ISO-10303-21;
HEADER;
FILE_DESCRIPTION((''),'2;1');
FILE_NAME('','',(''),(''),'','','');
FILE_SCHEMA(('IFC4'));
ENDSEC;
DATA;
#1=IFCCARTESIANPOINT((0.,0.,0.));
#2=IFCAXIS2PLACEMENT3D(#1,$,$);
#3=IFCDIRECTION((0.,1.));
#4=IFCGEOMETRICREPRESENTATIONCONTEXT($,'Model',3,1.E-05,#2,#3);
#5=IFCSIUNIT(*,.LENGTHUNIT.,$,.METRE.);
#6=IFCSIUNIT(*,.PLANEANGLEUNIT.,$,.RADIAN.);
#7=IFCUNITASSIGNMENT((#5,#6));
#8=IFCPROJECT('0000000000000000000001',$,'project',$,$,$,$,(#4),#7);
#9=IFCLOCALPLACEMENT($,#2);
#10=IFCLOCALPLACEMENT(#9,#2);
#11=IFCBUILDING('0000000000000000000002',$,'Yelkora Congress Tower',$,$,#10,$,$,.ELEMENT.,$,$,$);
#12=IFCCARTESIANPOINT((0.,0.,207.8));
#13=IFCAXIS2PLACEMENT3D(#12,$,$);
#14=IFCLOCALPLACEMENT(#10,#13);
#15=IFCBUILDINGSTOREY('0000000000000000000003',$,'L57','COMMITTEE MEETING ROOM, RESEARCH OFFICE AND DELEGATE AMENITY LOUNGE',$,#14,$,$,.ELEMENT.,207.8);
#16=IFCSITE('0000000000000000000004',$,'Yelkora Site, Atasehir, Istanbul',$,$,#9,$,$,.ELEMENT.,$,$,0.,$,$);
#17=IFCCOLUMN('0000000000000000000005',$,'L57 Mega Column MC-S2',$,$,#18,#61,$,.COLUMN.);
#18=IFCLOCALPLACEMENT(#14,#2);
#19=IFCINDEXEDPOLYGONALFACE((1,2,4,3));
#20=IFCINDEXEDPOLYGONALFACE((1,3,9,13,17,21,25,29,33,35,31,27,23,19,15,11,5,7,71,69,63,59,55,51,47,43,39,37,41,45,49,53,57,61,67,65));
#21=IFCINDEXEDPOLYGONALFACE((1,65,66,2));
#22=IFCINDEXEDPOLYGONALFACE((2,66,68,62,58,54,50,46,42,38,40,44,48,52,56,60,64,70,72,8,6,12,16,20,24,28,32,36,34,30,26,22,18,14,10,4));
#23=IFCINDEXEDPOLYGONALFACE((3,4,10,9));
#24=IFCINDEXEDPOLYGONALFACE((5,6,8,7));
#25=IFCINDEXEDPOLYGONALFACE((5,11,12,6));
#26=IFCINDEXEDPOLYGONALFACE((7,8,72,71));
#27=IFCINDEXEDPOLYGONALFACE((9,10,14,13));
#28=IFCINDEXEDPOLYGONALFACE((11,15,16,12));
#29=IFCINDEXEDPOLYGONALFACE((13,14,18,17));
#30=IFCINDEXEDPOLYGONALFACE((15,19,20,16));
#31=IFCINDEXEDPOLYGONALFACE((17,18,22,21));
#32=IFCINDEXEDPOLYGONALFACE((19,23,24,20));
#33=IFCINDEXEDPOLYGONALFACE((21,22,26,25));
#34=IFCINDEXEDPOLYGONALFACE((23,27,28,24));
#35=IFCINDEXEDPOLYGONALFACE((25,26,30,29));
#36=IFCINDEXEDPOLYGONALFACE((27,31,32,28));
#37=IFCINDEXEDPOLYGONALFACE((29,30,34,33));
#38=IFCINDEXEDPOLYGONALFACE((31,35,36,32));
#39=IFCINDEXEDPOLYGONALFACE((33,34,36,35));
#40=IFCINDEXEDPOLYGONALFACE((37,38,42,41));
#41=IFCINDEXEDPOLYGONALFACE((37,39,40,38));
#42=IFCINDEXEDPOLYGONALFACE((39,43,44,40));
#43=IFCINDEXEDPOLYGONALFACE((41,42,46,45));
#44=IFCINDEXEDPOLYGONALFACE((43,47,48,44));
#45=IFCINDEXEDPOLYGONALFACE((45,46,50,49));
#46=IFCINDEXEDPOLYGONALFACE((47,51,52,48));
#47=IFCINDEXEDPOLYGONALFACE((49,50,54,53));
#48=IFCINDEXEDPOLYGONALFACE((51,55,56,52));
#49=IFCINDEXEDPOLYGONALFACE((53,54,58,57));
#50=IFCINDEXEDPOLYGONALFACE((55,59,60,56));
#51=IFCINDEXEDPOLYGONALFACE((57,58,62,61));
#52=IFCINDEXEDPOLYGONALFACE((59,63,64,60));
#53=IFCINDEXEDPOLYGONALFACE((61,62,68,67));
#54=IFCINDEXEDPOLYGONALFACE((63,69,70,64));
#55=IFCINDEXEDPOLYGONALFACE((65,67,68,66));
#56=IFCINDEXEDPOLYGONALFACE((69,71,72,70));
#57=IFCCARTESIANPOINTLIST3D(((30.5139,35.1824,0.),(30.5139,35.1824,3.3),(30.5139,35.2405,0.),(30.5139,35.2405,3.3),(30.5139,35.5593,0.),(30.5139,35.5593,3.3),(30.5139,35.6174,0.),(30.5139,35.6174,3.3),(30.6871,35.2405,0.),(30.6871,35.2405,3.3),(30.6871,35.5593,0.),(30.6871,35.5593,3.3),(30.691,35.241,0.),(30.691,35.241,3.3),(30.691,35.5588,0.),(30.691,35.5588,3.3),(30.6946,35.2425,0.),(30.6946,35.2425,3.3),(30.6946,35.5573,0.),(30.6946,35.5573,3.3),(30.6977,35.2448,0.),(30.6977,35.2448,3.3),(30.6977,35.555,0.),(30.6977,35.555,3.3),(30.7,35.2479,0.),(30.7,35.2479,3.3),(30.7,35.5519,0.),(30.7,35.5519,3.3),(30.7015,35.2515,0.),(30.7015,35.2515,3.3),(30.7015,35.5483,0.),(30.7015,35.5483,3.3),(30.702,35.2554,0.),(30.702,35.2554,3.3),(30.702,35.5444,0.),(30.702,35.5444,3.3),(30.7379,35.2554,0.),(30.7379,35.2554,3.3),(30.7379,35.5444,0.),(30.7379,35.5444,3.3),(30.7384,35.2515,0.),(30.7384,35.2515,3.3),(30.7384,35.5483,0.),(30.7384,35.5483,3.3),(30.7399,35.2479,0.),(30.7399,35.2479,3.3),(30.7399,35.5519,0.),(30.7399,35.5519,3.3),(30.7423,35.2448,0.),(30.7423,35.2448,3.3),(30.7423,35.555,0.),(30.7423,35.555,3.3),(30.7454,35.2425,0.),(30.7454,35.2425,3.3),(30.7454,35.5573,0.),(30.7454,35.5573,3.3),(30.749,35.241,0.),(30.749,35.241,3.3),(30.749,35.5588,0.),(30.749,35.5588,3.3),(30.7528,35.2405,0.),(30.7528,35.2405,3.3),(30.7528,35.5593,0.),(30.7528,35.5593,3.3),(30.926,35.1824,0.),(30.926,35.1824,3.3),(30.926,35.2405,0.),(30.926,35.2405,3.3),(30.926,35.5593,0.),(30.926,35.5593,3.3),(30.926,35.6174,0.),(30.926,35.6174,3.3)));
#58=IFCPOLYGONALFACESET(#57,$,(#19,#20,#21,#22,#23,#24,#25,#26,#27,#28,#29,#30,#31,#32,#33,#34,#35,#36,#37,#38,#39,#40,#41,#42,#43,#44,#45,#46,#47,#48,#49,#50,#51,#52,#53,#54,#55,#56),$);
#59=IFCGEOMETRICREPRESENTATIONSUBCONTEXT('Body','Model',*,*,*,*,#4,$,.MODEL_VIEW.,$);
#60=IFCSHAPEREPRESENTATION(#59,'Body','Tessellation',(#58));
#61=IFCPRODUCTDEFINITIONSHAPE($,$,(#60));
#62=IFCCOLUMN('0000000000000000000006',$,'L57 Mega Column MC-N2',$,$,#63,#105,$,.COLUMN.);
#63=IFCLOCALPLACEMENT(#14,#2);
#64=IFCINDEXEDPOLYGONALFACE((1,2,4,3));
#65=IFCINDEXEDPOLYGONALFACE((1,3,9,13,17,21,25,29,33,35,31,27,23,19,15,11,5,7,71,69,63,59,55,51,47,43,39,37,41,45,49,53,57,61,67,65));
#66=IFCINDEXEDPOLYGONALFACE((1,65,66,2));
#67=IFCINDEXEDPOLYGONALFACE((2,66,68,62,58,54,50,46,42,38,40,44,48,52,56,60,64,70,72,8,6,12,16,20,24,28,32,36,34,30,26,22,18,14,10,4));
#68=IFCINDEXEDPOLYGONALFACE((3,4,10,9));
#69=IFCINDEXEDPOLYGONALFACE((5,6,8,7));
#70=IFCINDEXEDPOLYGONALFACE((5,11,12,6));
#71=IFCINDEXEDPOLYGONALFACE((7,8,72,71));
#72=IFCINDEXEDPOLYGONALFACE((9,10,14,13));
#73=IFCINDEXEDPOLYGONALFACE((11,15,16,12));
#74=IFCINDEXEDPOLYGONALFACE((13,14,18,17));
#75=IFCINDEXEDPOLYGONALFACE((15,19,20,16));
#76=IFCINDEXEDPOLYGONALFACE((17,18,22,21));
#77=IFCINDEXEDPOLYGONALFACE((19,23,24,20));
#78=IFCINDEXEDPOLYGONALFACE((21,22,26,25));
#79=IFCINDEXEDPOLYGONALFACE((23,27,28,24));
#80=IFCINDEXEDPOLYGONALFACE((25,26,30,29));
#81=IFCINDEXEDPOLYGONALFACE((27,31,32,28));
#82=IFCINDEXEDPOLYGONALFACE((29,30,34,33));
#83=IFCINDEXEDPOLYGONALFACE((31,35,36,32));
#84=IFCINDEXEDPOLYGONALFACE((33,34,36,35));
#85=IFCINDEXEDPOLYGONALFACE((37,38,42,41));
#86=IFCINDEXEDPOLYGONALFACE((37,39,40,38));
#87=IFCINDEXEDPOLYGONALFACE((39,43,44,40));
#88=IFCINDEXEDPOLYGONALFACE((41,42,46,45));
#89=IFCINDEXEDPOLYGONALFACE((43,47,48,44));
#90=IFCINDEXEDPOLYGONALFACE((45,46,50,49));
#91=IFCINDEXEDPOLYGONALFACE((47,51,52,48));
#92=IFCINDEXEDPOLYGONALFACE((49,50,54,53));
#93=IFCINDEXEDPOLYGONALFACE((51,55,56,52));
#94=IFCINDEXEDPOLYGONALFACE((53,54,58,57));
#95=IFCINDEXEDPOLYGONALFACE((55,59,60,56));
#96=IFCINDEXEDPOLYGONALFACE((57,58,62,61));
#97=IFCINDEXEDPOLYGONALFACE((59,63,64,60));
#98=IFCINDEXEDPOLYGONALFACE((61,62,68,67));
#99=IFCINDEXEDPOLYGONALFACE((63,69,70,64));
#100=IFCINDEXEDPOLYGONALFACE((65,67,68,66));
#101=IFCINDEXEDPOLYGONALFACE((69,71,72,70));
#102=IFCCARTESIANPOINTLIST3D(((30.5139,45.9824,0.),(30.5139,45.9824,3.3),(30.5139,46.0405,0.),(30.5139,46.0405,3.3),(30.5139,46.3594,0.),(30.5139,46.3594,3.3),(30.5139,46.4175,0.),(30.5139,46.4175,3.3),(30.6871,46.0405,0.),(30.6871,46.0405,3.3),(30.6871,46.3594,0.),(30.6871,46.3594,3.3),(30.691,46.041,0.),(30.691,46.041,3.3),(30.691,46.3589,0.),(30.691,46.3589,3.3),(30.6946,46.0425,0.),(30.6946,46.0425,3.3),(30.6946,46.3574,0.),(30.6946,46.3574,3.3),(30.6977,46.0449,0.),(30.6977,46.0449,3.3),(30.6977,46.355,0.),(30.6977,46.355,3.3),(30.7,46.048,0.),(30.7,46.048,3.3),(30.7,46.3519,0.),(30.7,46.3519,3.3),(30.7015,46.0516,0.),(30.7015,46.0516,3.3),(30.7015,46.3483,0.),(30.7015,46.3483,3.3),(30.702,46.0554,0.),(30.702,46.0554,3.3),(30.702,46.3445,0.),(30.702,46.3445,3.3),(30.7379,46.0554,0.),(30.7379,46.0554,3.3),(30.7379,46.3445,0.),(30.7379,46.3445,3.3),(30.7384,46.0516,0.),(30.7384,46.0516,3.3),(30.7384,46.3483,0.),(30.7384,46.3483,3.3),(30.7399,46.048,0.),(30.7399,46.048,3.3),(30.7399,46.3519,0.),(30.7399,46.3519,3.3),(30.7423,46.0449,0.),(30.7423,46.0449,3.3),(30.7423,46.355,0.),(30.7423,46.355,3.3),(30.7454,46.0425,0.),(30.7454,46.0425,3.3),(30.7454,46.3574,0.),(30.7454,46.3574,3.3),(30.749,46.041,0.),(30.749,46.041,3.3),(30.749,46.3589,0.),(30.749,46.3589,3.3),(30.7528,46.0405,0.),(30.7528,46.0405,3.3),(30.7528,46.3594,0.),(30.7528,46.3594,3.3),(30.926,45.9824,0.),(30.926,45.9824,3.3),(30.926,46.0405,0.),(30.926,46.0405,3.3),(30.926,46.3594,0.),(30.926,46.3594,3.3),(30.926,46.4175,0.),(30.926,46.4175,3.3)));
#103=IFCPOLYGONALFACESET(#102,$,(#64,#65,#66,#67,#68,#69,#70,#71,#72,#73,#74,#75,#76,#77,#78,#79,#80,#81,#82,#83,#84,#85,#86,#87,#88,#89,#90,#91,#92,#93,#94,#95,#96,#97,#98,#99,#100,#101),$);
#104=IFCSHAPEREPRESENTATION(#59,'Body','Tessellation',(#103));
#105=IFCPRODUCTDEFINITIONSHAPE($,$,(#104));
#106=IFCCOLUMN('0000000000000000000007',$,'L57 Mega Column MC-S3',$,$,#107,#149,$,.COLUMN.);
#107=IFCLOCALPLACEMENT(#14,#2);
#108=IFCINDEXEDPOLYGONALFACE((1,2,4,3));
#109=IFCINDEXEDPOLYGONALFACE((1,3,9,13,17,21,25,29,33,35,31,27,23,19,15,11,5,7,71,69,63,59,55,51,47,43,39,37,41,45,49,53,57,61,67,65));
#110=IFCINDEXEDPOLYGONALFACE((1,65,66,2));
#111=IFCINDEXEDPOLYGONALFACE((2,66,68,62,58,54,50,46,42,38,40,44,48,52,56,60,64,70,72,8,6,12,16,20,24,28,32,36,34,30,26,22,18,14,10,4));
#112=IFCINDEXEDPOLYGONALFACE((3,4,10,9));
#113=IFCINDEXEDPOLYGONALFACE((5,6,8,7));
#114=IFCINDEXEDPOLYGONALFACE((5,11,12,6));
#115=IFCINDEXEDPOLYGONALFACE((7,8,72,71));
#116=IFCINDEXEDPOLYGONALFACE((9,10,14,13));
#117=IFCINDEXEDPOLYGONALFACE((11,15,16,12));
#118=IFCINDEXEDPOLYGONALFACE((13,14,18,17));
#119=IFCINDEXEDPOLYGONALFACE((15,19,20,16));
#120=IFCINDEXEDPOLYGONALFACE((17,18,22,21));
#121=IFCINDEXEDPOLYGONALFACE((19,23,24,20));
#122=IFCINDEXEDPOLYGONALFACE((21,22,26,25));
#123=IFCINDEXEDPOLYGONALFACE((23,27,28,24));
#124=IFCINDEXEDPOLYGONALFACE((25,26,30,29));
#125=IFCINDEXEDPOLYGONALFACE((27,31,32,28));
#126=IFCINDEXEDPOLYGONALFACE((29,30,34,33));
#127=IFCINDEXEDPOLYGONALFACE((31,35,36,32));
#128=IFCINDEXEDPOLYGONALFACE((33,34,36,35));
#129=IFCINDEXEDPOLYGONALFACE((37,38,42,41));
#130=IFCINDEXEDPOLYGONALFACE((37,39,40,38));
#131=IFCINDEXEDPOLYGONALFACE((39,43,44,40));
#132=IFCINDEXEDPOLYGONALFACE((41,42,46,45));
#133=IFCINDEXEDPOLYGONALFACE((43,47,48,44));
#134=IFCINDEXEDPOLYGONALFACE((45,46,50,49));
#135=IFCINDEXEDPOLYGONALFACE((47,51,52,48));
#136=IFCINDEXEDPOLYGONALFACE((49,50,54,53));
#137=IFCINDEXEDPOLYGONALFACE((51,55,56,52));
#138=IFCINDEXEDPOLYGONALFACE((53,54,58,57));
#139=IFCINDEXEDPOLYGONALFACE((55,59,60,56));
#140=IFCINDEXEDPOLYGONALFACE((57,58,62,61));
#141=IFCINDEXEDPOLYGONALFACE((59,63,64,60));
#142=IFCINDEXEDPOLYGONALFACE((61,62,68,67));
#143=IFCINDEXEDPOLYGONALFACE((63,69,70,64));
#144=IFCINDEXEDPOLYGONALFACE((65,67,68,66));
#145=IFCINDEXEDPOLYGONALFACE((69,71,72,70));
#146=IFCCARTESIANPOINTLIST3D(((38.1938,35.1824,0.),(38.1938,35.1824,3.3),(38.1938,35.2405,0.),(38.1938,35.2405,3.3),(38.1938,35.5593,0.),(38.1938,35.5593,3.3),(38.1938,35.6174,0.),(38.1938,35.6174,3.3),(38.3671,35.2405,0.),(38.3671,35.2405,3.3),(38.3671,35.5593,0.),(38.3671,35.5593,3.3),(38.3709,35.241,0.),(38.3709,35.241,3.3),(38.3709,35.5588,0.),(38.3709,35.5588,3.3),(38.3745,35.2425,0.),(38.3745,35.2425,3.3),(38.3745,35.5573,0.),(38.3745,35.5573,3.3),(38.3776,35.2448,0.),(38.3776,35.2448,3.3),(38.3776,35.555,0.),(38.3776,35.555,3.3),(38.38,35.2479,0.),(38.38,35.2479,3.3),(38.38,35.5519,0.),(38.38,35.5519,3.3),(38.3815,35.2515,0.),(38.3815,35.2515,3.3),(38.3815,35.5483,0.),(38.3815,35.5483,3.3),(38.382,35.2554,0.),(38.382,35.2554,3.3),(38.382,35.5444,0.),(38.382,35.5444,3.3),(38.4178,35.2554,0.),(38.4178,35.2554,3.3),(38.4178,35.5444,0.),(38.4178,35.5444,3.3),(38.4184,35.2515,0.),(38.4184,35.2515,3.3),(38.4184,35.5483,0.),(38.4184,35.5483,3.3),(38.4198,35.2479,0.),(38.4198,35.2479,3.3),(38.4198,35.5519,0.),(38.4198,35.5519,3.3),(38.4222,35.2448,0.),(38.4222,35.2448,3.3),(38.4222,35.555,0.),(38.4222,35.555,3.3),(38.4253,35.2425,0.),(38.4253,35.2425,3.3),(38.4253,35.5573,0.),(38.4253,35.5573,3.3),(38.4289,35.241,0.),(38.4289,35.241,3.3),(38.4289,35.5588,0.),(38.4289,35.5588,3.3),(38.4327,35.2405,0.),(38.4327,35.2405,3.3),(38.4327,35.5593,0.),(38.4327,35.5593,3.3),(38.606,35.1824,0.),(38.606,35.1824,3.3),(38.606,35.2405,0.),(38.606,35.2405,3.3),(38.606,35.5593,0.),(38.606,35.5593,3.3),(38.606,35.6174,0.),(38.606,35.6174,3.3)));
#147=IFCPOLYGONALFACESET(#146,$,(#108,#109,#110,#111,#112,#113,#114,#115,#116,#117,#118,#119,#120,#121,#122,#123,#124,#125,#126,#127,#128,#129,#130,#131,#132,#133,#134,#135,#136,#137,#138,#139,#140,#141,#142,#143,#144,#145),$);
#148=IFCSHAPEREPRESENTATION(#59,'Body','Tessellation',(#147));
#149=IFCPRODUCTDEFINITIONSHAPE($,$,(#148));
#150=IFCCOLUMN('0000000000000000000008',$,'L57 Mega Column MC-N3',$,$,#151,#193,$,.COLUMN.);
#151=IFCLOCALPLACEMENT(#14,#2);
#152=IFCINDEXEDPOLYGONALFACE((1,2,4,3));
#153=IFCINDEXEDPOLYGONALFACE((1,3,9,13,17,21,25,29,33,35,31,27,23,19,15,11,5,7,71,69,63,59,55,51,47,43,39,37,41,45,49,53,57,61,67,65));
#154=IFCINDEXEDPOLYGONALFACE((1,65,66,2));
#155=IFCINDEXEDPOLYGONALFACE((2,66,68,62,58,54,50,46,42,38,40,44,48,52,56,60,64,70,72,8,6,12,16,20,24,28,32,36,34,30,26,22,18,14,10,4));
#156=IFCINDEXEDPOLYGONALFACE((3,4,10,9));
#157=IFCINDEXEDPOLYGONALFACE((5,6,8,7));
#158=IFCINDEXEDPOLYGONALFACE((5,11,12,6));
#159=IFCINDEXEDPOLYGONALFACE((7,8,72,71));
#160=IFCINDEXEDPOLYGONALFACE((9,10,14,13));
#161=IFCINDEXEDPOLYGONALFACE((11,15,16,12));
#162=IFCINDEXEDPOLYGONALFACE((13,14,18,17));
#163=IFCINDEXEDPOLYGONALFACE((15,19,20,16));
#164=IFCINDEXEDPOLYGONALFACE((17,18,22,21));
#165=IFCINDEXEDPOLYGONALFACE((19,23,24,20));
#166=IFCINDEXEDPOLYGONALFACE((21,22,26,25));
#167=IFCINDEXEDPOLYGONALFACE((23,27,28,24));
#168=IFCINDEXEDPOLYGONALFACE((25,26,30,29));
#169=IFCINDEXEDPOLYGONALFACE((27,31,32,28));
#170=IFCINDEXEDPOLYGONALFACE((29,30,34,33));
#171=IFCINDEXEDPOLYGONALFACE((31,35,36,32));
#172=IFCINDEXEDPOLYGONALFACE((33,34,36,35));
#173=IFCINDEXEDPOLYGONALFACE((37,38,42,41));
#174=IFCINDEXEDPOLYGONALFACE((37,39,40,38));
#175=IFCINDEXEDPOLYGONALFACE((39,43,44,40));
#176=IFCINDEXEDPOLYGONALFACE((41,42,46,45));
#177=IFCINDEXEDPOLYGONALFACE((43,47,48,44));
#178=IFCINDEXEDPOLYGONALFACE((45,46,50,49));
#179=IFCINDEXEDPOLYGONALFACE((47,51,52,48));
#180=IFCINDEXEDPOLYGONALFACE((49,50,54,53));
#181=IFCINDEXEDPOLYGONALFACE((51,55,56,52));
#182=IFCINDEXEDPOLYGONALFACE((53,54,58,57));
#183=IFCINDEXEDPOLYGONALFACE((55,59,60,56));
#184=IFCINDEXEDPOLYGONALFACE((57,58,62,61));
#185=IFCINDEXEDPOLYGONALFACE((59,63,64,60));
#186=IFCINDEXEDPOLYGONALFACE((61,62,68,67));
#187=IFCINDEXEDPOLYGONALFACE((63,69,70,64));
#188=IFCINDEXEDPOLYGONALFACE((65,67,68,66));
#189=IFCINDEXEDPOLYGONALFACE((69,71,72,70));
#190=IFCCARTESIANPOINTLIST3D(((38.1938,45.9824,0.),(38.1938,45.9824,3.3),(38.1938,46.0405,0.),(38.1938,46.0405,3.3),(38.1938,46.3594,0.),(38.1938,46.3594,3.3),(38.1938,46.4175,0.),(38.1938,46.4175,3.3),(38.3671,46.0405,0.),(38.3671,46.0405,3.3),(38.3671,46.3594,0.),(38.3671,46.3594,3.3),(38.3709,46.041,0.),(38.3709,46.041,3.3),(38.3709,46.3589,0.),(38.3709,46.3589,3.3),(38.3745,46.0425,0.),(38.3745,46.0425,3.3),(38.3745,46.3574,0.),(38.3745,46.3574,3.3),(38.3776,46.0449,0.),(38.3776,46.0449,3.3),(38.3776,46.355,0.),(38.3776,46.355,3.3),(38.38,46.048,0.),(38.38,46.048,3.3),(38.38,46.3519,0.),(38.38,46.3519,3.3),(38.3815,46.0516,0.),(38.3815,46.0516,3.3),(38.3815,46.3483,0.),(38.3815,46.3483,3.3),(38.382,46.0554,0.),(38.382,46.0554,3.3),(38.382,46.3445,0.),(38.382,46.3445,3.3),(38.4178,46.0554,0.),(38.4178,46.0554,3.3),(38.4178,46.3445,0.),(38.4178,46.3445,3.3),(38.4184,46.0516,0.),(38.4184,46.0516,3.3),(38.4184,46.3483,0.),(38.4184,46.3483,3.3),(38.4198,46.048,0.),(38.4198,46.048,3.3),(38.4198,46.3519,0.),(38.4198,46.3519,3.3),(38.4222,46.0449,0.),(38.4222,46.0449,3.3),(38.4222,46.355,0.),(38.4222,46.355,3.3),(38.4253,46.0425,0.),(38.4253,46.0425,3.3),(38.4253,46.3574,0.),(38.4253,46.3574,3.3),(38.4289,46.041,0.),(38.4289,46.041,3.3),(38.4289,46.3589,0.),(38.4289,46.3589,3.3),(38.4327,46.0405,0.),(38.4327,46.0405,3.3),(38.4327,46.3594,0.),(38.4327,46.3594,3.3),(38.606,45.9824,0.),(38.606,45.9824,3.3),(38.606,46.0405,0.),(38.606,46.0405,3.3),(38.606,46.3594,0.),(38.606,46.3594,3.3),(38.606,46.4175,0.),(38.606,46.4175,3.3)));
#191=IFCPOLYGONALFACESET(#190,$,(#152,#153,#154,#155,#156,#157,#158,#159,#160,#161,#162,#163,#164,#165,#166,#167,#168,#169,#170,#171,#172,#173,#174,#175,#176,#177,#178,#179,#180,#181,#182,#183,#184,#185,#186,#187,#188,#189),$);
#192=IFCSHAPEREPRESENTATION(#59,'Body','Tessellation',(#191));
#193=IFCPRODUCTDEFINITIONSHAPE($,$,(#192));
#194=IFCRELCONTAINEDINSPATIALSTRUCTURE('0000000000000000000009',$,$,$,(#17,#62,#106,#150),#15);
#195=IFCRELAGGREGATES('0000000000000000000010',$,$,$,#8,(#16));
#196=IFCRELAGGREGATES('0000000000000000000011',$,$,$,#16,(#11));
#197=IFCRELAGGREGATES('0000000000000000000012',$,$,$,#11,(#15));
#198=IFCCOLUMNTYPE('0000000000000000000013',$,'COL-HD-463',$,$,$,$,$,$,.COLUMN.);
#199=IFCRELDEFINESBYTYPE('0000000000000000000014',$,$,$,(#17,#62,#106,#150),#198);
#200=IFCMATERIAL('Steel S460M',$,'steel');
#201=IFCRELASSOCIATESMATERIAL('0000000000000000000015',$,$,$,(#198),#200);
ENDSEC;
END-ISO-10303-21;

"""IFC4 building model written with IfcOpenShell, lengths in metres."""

from ifc_helpers import new_model, si_unit, direction, frame, origin, origin_2d, place, context, subcontext, project, spatial, i_section, extrude, material, material_profile, profile_set, type_object, element, save


model = new_model("IFC4")

# Units and contexts
model_context = context("Model", 3, precision=1e-05, world=origin(), true_north=direction((0.0, 1.0)))
body_context = subcontext(model_context, "Body", "Model", "MODEL_VIEW")
ifc_project = project(units=[si_unit("LENGTHUNIT", "METRE"), si_unit("PLANEANGLEUNIT", "RADIAN")], contexts=[model_context])

# Site, building, storey
site_placement = place(None, origin())
site = spatial("IfcSite", under=ifc_project, at=site_placement, Name="Yelkora Site, Atasehir, Istanbul", CompositionType="ELEMENT", RefElevation=0.0)
building_placement = place(site_placement, origin())
building = spatial("IfcBuilding", under=site, at=building_placement, Name="Yelkora Congress Tower", CompositionType="ELEMENT")
storey_placement = place(building_placement, frame((0.0, 0.0, 207.8)))
storey = spatial("IfcBuildingStorey", under=building, at=storey_placement, Name="L57", Description="COMMITTEE MEETING ROOM, RESEARCH OFFICE AND DELEGATE AMENITY LOUNGE", CompositionType="ELEMENT", Elevation=207.8)

# Columns
ifc_material_1 = material(Name="Steel S460M", Category="steel")
ifc_material_profile_1 = material_profile(ifc_material_1, i_section(OverallWidth=0.4121, OverallDepth=0.4351, WebThickness=0.0359, FlangeThickness=0.0581, FilletRadius=0.0149, at=origin_2d()), Name="HD 400x463")
ifc_profile_set_1 = profile_set([ifc_material_profile_1], Name="Steel S460M")
column_type = type_object("IfcColumnType", Name="COL-HD-463", PredefinedType="COLUMN", material=ifc_profile_set_1)
for number, where, z_axis, x_axis, name in (
    (1, (30.72, 35.3999, 0.0), (0.0, 0.0, 1.0), (1.0, 0.0, 0.0), "L57 Mega Column MC-S2"),
    (2, (30.72, 46.2, 0.0), (0.0, 0.0, 1.0), (1.0, 0.0, 0.0), "L57 Mega Column MC-N2"),
    (3, (38.3999, 35.3999, 0.0), (0.0, 0.0, 1.0), (1.0, 0.0, 0.0), "L57 Mega Column MC-S3"),
    (4, (38.3999, 46.2, 0.0), (0.0, 0.0, 1.0), (1.0, 0.0, 0.0), "L57 Mega Column MC-N3"),
):
    element("IfcColumn", number, at=place(storey_placement, frame(where, z_axis=z_axis, x_axis=x_axis)), inside=storey, type_object=column_type, Name=name, PredefinedType="COLUMN", context=body_context, shape_type="SweptSolid", body=[
        extrude(i_section(OverallWidth=0.4121, OverallDepth=0.4351, WebThickness=0.0359, FlangeThickness=0.0581, FilletRadius=0.0149, at=origin_2d()), origin(), (0.0, 0.0, 1.0), 3.3),
    ])

save(model, "model.ifc")
